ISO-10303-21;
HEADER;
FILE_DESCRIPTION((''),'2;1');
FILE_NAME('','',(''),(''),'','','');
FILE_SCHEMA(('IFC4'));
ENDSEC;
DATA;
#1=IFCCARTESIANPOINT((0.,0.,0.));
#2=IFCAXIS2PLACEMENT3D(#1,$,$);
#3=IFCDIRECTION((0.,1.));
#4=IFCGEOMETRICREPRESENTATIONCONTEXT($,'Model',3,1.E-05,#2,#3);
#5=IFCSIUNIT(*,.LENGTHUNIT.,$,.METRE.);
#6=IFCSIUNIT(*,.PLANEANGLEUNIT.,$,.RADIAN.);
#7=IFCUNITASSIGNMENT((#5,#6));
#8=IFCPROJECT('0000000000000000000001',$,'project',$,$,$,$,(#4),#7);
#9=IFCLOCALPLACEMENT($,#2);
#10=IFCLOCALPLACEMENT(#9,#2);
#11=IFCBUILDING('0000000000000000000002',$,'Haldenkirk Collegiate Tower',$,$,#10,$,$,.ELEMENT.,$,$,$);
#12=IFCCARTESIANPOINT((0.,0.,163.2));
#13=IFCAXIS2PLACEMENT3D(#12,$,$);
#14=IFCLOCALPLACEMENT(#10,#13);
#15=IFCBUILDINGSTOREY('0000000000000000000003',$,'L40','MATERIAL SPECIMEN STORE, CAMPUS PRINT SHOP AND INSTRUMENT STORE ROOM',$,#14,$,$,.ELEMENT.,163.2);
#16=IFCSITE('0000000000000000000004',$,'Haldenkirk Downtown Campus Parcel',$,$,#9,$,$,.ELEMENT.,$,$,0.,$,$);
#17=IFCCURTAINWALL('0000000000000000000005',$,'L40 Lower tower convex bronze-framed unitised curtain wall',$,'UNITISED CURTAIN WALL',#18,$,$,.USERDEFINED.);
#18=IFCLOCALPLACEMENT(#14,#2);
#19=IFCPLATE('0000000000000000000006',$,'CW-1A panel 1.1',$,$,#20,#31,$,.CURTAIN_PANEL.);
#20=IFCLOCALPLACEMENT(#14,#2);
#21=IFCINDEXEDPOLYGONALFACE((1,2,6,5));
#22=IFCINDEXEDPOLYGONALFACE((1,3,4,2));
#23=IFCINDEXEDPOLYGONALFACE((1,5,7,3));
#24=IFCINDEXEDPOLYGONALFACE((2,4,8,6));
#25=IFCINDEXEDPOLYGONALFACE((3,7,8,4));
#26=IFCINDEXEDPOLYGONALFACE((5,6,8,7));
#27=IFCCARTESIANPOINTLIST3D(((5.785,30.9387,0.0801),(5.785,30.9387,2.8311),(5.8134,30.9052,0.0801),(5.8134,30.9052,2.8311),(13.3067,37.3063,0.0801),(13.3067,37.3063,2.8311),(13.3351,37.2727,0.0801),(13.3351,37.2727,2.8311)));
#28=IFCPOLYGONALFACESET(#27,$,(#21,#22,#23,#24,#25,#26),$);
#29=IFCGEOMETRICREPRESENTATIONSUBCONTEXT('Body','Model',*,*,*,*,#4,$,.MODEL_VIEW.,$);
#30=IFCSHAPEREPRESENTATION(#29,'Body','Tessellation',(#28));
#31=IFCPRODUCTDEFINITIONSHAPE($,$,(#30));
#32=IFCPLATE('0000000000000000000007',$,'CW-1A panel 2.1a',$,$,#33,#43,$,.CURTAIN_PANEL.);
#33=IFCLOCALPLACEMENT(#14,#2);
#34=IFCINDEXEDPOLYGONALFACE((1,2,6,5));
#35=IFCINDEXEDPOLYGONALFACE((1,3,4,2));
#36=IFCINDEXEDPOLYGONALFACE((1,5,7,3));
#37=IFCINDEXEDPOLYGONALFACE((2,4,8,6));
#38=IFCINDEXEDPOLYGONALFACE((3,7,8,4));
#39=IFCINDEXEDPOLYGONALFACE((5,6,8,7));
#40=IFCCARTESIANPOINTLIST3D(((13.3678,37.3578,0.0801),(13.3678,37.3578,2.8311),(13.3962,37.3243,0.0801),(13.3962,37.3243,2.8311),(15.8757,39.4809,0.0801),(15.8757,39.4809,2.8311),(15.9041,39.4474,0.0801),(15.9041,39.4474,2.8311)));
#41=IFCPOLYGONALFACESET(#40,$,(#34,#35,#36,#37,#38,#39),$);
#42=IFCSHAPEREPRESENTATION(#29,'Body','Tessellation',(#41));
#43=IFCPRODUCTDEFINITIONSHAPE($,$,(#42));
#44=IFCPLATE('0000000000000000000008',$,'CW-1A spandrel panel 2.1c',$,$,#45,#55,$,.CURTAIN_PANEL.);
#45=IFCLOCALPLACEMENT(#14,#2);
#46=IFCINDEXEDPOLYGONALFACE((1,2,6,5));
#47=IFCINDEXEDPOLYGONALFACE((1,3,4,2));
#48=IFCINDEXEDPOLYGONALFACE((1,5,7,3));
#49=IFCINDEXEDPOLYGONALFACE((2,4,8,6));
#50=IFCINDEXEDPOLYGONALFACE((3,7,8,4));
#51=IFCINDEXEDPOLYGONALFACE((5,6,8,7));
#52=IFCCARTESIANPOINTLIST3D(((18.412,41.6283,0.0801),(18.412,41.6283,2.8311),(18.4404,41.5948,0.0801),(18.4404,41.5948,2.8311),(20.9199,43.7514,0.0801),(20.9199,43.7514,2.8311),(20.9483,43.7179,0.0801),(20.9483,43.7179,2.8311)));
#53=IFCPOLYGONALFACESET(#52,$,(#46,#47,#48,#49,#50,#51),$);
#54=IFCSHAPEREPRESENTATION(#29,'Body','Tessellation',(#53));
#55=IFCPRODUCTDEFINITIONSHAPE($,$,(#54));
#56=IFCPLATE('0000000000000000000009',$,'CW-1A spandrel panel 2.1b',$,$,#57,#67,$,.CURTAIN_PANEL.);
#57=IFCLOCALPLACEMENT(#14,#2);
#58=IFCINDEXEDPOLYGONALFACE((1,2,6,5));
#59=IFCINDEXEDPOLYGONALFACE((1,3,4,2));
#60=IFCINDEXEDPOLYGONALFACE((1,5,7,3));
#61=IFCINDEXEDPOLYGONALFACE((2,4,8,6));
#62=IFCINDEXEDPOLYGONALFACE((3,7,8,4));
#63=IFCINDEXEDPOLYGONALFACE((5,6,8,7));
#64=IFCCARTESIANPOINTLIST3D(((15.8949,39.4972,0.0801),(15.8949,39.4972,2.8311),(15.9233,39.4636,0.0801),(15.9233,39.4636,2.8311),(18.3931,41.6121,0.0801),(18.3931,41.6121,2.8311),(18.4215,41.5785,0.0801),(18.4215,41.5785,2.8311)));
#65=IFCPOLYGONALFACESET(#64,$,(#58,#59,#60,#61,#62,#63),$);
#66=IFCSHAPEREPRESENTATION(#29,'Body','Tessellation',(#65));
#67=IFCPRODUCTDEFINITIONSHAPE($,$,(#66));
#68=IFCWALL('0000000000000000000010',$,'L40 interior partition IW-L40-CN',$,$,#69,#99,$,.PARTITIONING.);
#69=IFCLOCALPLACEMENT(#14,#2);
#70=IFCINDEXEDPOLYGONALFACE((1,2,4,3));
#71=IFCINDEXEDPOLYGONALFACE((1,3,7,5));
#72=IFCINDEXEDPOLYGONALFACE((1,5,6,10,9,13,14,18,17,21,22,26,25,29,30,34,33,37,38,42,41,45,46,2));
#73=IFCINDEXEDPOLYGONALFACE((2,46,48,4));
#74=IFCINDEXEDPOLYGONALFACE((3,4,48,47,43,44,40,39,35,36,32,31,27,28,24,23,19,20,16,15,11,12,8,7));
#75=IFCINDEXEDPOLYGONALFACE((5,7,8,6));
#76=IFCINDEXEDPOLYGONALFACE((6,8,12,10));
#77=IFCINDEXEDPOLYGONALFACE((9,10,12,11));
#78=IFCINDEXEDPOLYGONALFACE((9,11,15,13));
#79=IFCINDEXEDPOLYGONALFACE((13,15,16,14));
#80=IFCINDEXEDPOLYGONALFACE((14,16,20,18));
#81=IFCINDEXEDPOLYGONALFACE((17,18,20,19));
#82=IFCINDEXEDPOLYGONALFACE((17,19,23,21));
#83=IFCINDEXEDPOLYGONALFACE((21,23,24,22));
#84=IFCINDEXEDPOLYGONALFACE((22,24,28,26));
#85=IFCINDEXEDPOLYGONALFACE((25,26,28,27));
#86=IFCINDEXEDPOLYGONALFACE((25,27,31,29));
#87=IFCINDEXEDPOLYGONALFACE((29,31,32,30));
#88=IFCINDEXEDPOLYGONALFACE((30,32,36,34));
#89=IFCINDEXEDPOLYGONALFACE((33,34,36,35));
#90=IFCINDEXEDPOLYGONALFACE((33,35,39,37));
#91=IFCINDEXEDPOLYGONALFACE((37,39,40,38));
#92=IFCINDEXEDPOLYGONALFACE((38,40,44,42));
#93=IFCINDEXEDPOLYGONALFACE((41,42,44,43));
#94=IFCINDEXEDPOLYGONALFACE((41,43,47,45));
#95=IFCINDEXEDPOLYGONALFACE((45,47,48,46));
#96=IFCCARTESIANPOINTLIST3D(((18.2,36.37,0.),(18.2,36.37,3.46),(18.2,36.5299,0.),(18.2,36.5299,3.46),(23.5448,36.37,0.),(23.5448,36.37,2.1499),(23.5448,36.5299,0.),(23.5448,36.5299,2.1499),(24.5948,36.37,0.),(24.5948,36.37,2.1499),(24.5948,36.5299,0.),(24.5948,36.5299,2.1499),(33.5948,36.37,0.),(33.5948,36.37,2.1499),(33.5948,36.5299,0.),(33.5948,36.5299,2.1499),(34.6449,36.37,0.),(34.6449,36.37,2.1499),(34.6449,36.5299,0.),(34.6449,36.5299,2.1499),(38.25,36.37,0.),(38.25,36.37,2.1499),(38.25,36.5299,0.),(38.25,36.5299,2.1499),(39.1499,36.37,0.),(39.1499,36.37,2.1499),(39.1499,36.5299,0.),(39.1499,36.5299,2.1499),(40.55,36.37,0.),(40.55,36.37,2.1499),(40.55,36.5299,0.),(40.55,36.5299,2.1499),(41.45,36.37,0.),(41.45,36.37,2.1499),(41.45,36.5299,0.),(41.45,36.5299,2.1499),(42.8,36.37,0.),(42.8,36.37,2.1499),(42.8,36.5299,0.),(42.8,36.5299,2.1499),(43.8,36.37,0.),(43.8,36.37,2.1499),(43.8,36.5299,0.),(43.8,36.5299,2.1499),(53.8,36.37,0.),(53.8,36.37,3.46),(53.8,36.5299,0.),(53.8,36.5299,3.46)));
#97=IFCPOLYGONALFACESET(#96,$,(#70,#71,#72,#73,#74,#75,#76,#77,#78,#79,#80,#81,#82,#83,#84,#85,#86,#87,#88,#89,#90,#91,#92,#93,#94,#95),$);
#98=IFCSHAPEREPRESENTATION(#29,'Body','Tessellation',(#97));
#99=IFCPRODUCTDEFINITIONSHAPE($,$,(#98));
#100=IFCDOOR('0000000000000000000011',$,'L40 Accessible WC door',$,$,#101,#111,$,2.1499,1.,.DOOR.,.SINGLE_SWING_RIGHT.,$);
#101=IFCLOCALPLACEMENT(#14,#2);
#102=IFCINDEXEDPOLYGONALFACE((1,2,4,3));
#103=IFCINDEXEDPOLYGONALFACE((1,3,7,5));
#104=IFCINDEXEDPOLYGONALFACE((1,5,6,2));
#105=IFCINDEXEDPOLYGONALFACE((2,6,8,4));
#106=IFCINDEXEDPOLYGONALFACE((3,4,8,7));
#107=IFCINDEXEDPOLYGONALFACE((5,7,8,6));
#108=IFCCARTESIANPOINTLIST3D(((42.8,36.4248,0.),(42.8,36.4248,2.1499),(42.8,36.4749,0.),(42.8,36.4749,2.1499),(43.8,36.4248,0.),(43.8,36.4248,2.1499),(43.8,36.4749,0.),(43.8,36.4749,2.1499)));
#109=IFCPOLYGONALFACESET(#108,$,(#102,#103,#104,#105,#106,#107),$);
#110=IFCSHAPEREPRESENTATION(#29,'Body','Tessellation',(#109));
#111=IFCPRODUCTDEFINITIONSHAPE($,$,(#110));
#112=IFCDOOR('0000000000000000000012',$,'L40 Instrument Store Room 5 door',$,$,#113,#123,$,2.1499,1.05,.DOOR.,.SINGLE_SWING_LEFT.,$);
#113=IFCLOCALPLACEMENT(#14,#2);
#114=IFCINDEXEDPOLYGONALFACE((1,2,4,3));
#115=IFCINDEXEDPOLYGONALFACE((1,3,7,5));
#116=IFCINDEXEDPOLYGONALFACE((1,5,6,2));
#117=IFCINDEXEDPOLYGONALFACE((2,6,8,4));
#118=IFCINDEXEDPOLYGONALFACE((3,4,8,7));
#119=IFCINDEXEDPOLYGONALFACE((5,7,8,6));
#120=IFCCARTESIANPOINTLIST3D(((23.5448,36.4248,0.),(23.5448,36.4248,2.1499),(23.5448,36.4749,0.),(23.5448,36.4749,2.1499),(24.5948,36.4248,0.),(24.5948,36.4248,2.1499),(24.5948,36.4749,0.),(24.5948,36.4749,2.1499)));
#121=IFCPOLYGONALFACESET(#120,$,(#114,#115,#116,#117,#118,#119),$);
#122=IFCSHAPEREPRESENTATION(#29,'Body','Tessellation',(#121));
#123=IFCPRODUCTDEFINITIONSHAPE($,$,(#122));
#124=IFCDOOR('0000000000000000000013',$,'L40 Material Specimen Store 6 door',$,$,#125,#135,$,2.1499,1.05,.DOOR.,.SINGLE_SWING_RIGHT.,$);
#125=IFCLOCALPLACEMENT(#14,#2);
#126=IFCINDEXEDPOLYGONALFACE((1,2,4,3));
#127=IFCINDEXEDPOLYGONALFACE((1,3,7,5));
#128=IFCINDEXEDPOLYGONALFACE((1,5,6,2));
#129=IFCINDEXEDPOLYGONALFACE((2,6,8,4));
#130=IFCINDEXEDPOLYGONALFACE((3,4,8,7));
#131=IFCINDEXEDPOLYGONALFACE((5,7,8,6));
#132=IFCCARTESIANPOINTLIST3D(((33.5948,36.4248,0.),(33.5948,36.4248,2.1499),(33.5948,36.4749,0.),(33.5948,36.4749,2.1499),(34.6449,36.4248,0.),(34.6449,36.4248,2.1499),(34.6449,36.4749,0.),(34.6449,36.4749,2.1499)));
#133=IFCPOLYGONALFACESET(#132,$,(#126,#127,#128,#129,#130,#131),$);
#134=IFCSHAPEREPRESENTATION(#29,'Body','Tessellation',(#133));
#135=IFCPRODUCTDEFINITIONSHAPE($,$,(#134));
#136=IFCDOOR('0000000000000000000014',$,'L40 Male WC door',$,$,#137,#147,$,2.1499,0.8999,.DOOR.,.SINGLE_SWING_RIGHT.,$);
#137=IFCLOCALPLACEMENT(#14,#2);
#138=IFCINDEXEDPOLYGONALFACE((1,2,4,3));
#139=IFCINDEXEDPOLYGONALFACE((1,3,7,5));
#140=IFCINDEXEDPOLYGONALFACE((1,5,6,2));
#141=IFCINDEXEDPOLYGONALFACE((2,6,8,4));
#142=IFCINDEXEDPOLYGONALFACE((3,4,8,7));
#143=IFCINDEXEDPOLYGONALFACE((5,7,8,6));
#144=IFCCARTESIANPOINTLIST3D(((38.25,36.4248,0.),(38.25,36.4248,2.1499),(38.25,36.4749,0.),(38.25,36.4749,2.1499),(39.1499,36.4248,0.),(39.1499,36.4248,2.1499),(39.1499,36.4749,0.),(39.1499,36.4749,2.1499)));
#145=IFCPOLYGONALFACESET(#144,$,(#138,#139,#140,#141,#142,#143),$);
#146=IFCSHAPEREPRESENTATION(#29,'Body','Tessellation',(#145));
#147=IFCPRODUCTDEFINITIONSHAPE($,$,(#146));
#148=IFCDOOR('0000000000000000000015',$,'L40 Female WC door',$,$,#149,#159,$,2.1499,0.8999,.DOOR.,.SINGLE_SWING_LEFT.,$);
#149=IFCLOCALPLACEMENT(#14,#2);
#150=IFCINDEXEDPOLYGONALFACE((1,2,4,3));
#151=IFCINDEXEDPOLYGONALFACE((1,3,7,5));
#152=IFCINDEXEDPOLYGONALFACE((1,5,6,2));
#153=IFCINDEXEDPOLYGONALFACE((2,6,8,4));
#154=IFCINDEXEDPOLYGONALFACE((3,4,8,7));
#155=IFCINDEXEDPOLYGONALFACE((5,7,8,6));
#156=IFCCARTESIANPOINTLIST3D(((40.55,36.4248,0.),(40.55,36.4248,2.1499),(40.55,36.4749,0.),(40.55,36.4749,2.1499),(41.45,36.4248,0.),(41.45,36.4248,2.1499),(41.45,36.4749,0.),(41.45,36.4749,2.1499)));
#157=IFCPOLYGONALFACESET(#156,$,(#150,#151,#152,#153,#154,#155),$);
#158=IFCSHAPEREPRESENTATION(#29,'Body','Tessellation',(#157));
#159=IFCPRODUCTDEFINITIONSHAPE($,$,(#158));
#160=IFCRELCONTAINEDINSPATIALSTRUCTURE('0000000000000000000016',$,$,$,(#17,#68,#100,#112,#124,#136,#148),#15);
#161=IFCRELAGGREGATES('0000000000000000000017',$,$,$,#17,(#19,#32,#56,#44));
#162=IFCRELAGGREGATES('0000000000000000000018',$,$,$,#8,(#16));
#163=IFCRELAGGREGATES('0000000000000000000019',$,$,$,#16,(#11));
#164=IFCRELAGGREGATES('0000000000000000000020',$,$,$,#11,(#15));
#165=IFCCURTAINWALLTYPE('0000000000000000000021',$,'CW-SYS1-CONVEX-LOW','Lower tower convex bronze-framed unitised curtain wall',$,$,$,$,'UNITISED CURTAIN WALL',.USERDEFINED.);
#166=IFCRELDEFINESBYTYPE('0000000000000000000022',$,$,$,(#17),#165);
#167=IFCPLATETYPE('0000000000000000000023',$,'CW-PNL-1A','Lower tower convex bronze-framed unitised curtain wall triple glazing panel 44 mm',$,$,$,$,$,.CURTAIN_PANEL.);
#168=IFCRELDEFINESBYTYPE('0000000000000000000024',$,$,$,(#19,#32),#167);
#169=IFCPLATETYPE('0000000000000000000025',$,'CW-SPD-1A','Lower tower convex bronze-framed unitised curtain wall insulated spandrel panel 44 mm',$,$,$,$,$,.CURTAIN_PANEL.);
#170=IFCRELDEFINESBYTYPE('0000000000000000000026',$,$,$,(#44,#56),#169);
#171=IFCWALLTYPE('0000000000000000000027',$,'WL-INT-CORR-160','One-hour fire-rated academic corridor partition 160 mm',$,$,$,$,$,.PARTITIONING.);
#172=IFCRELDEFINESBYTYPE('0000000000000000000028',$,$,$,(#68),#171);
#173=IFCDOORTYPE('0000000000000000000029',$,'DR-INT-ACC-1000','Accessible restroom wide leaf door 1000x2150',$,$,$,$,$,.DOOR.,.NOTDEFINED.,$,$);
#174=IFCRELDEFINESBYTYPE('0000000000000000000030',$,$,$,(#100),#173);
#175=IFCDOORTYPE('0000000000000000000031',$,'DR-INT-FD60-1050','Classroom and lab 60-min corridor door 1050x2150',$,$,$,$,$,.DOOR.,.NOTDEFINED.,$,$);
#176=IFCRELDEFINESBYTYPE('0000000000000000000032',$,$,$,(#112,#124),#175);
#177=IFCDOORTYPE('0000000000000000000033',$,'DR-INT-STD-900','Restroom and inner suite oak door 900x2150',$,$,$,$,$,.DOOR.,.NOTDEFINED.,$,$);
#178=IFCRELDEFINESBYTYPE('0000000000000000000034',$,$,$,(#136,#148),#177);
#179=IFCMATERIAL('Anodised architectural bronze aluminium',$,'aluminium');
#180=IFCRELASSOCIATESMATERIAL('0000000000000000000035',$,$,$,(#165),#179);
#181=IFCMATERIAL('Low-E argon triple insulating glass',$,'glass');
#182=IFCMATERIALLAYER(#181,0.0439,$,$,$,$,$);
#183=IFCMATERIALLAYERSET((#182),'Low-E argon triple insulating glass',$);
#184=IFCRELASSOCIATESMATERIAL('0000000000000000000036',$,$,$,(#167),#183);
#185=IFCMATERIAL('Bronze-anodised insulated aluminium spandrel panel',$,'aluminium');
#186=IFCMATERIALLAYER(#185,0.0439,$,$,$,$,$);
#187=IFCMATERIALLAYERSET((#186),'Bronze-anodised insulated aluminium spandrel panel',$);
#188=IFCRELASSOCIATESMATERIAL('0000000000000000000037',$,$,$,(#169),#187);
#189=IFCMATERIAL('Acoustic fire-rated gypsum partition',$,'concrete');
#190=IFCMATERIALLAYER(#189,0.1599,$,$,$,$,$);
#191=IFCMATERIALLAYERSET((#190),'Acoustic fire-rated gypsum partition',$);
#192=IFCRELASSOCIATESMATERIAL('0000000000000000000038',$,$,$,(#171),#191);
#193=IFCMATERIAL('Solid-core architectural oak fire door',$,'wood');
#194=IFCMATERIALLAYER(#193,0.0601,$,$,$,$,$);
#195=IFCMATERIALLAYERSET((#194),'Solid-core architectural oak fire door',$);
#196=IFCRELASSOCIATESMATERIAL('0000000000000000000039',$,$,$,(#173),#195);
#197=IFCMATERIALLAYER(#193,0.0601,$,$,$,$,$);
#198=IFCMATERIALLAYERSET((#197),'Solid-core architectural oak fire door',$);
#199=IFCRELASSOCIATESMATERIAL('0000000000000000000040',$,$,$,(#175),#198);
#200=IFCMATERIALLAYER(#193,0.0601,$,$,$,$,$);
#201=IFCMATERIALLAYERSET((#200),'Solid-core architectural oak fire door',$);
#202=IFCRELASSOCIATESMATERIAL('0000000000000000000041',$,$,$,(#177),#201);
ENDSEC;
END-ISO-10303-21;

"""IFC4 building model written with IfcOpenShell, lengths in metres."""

from ifc_helpers import new_model, si_unit, direction, frame, frame_2d, origin, origin_2d, place, context, subcontext, project, spatial, rectangle, extrude, source, transform, mapped, material, layer, layer_set, type_object, element, fill, aggregate, save


model = new_model("IFC4")

# Units and contexts
model_context = context("Model", 3, precision=1e-05, world=origin(), true_north=direction((0.0, 1.0)))
body_context = subcontext(model_context, "Body", "Model", "MODEL_VIEW")
ifc_project = project(units=[si_unit("LENGTHUNIT", "METRE"), si_unit("PLANEANGLEUNIT", "RADIAN")], contexts=[model_context])

# Site, building, storey
site_placement = place(None, origin())
site = spatial("IfcSite", under=ifc_project, at=site_placement, Name="Haldenkirk Downtown Campus Parcel", CompositionType="ELEMENT", RefElevation=0.0)
building_placement = place(site_placement, origin())
building = spatial("IfcBuilding", under=site, at=building_placement, Name="Haldenkirk Collegiate Tower", CompositionType="ELEMENT")
storey_placement = place(building_placement, frame((0.0, 0.0, 163.2)))
storey = spatial("IfcBuildingStorey", under=building, at=storey_placement, Name="L40", Description="MATERIAL SPECIMEN STORE, CAMPUS PRINT SHOP AND INSTRUMENT STORE ROOM", CompositionType="ELEMENT", Elevation=163.2)

# Curtain wall, plates
ifc_material_1 = material(Name="Anodised architectural bronze aluminium", Category="aluminium")
curtain_wall_type = type_object("IfcCurtainWallType", Name="CW-SYS1-CONVEX-LOW", Description="Lower tower convex bronze-framed unitised curtain wall", ElementType="UNITISED CURTAIN WALL", PredefinedType="USERDEFINED", material=ifc_material_1)
curtain_wall_placement = place(storey_placement, origin())
curtain_wall = element("IfcCurtainWall", 1, at=curtain_wall_placement, inside=storey, type_object=curtain_wall_type, Name="L40 Lower tower convex bronze-framed unitised curtain wall", ObjectType="UNITISED CURTAIN WALL", PredefinedType="USERDEFINED")
ifc_material_2 = material(Name="Low-E argon triple insulating glass", Category="glass")
ifc_layer_1 = layer(ifc_material_2, 0.0439)
ifc_layer_set_1 = layer_set([ifc_layer_1], Name="Low-E argon triple insulating glass")
plate_type_1 = type_object("IfcPlateType", Name="CW-PNL-1A", Description="Lower tower convex bronze-framed unitised curtain wall triple glazing panel 44 mm", PredefinedType="CURTAIN_PANEL", material=ifc_layer_set_1)
shared_shape_1 = source(origin(), body_context, "Body", "SweptSolid", [
    extrude(rectangle(XDim=9.855, YDim=0.0439, at=origin_2d()), origin(), (0.0, 0.0, 1.0), 2.751),
])
plate_1_placement = place(storey_placement, frame((9.5601, 34.1057, 0.0801), z_axis=(0.0, 0.0, 1.0), x_axis=(0.763232, 0.646124, 0.0)))
plate_1 = element("IfcPlate", 2, at=plate_1_placement, type_object=plate_type_1, Name="CW-1A panel 1.1", PredefinedType="CURTAIN_PANEL", context=body_context, shape_type="MappedRepresentation", body=[
    mapped(shared_shape_1, transform((0.0, 0.0, 0.0), x_axis=(1.0, 0.0, 0.0), y_axis=(0.0, 1.0, 0.0), z_axis=(0.0, 0.0, 1.0), scale=1.0)),
])
shared_shape_2 = source(origin(), body_context, "Body", "SweptSolid", [
    extrude(rectangle(XDim=3.2859, YDim=0.0439, at=origin_2d()), origin(), (0.0, 0.0, 1.0), 2.751),
])
plate_2_placement = place(storey_placement, frame((14.636, 38.4026, 0.0801), z_axis=(0.0, 0.0, 1.0), x_axis=(0.763232, 0.646124, 0.0)))
plate_2 = element("IfcPlate", 3, at=plate_2_placement, type_object=plate_type_1, Name="CW-1A panel 2.1a", PredefinedType="CURTAIN_PANEL", context=body_context, shape_type="MappedRepresentation", body=[
    mapped(shared_shape_2, transform((0.0, 0.0, 0.0), x_axis=(1.0, 0.0, 0.0), y_axis=(0.0, 1.0, 0.0), z_axis=(0.0, 0.0, 1.0), scale=1.0)),
])
ifc_material_3 = material(Name="Bronze-anodised insulated aluminium spandrel panel", Category="aluminium")
ifc_layer_2 = layer(ifc_material_3, 0.0439)
ifc_layer_set_2 = layer_set([ifc_layer_2], Name="Bronze-anodised insulated aluminium spandrel panel")
plate_type_2 = type_object("IfcPlateType", Name="CW-SPD-1A", Description="Lower tower convex bronze-framed unitised curtain wall insulated spandrel panel 44 mm", PredefinedType="CURTAIN_PANEL", material=ifc_layer_set_2)
plate_3_placement = place(storey_placement, frame((19.6802, 42.6731, 0.0801), z_axis=(0.0, 0.0, 1.0), x_axis=(0.763232, 0.646124, 0.0)))
plate_3 = element("IfcPlate", 4, at=plate_3_placement, type_object=plate_type_2, Name="CW-1A spandrel panel 2.1c", PredefinedType="CURTAIN_PANEL", context=body_context, shape_type="MappedRepresentation", body=[
    mapped(shared_shape_2, transform((0.0, 0.0, 0.0), x_axis=(1.0, 0.0, 0.0), y_axis=(0.0, 1.0, 0.0), z_axis=(0.0, 0.0, 1.0), scale=1.0)),
])
shared_shape_3 = source(origin(), body_context, "Body", "SweptSolid", [
    extrude(rectangle(XDim=3.2732, YDim=0.0439, at=origin_2d()), origin(), (0.0, 0.0, 1.0), 2.751),
])
plate_4_placement = place(storey_placement, frame((17.1582, 40.5378, 0.0801), z_axis=(0.0, 0.0, 1.0), x_axis=(0.763232, 0.646124, 0.0)))
plate_4 = element("IfcPlate", 5, at=plate_4_placement, type_object=plate_type_2, Name="CW-1A spandrel panel 2.1b", PredefinedType="CURTAIN_PANEL", context=body_context, shape_type="MappedRepresentation", body=[
    mapped(shared_shape_3, transform((0.0, 0.0, 0.0), x_axis=(1.0, 0.0, 0.0), y_axis=(0.0, 1.0, 0.0), z_axis=(0.0, 0.0, 1.0), scale=1.0)),
])
aggregate(curtain_wall, [plate_1, plate_2, plate_4, plate_3])

# Wall, openings, doors
ifc_material_4 = material(Name="Acoustic fire-rated gypsum partition", Category="concrete")
ifc_layer_3 = layer(ifc_material_4, 0.1599)
ifc_layer_set_3 = layer_set([ifc_layer_3], Name="Acoustic fire-rated gypsum partition")
wall_type_1 = type_object("IfcWallType", Name="WL-INT-CORR-160", Description="One-hour fire-rated academic corridor partition 160 mm", PredefinedType="PARTITIONING", material=ifc_layer_set_3)
wall_1_placement = place(storey_placement, frame((18.2, 36.45, 0.0), z_axis=(0.0, 0.0, 1.0), x_axis=(1.0, 0.0, 0.0)))
wall_1 = element("IfcWall", 6, at=wall_1_placement, inside=storey, type_object=wall_type_1, Name="L40 interior partition IW-L40-CN", PredefinedType="PARTITIONING", context=body_context, shape_type="SweptSolid", body=[
    extrude(rectangle(XDim=35.6001, YDim=0.1599, at=frame_2d((17.8, 0.0))), origin(), (0.0, 0.0, 1.0), 3.46),
])
opening_1_placement = place(wall_1_placement, frame((20.05, 0.0, 0.0)))
opening_1 = element("IfcOpeningElement", 7, at=opening_1_placement, cuts=wall_1, PredefinedType="OPENING", context=body_context, shape_type="SweptSolid", body=[
    extrude(rectangle(XDim=0.8999, YDim=2.1499, at=frame_2d((0.45, 1.075))), frame((0.0, 0.0898, 0.0), z_axis=(0.0, -1.0, 0.0), x_axis=(1.0, 0.0, 0.0)), (0.0, 0.0, 1.0), 0.1799),
])
opening_2_placement = place(wall_1_placement, frame((22.3501, 0.0, 0.0)))
opening_2 = element("IfcOpeningElement", 8, at=opening_2_placement, cuts=wall_1, PredefinedType="OPENING", context=body_context, shape_type="SweptSolid", body=[
    extrude(rectangle(XDim=0.8999, YDim=2.1499, at=frame_2d((0.45, 1.075))), frame((0.0, 0.0898, 0.0), z_axis=(0.0, -1.0, 0.0), x_axis=(1.0, 0.0, 0.0)), (0.0, 0.0, 1.0), 0.1799),
])
opening_3_placement = place(wall_1_placement, frame((24.6001, 0.0, 0.0)))
opening_3 = element("IfcOpeningElement", 9, at=opening_3_placement, cuts=wall_1, PredefinedType="OPENING", context=body_context, shape_type="SweptSolid", body=[
    extrude(rectangle(XDim=1.0, YDim=2.1499, at=frame_2d((0.5, 1.075))), frame((0.0, 0.0898, 0.0), z_axis=(0.0, -1.0, 0.0), x_axis=(1.0, 0.0, 0.0)), (0.0, 0.0, 1.0), 0.1799),
])
opening_4_placement = place(wall_1_placement, frame((5.345, 0.0, 0.0)))
opening_4 = element("IfcOpeningElement", 10, at=opening_4_placement, cuts=wall_1, PredefinedType="OPENING", context=body_context, shape_type="SweptSolid", body=[
    extrude(rectangle(XDim=1.05, YDim=2.1499, at=frame_2d((0.5249, 1.075))), frame((0.0, 0.0898, 0.0), z_axis=(0.0, -1.0, 0.0), x_axis=(1.0, 0.0, 0.0)), (0.0, 0.0, 1.0), 0.1799),
])
opening_5_placement = place(wall_1_placement, frame((15.395, 0.0, 0.0)))
opening_5 = element("IfcOpeningElement", 11, at=opening_5_placement, cuts=wall_1, PredefinedType="OPENING", context=body_context, shape_type="SweptSolid", body=[
    extrude(rectangle(XDim=1.05, YDim=2.1499, at=frame_2d((0.5249, 1.075))), frame((0.0, 0.0898, 0.0), z_axis=(0.0, -1.0, 0.0), x_axis=(1.0, 0.0, 0.0)), (0.0, 0.0, 1.0), 0.1799),
])
ifc_material_5 = material(Name="Solid-core architectural oak fire door", Category="wood")
ifc_layer_4 = layer(ifc_material_5, 0.0601)
ifc_layer_set_4 = layer_set([ifc_layer_4], Name="Solid-core architectural oak fire door")
door_type_1 = type_object("IfcDoorType", Name="DR-INT-ACC-1000", Description="Accessible restroom wide leaf door 1000x2150", OperationType="NOTDEFINED", PredefinedType="DOOR", material=ifc_layer_set_4)
door_1_placement = place(opening_3_placement, origin())
door_1 = element("IfcDoor", 12, at=door_1_placement, inside=storey, type_object=door_type_1, Name="L40 Accessible WC door", OperationType="SINGLE_SWING_RIGHT", OverallHeight=2.1499, OverallWidth=1.0, PredefinedType="DOOR", context=body_context, shape_type="SweptSolid", body=[
    extrude(rectangle(XDim=1.0, YDim=2.1499, at=frame_2d((0.5, 1.075))), frame((0.0, 0.0249, 0.0), z_axis=(0.0, -1.0, 0.0), x_axis=(1.0, 0.0, 0.0)), (0.0, 0.0, 1.0), 0.05),
])
fill(opening_3, door_1)
ifc_layer_5 = layer(ifc_material_5, 0.0601)
ifc_layer_set_5 = layer_set([ifc_layer_5], Name="Solid-core architectural oak fire door")
door_type_2 = type_object("IfcDoorType", Name="DR-INT-FD60-1050", Description="Classroom and lab 60-min corridor door 1050x2150", OperationType="NOTDEFINED", PredefinedType="DOOR", material=ifc_layer_set_5)
door_2_placement = place(opening_4_placement, origin())
door_2 = element("IfcDoor", 13, at=door_2_placement, inside=storey, type_object=door_type_2, Name="L40 Instrument Store Room 5 door", OperationType="SINGLE_SWING_LEFT", OverallHeight=2.1499, OverallWidth=1.05, PredefinedType="DOOR", context=body_context, shape_type="SweptSolid", body=[
    extrude(rectangle(XDim=1.05, YDim=2.1499, at=frame_2d((0.5249, 1.075))), frame((0.0, 0.0249, 0.0), z_axis=(0.0, -1.0, 0.0), x_axis=(1.0, 0.0, 0.0)), (0.0, 0.0, 1.0), 0.05),
])
fill(opening_4, door_2)
door_3_placement = place(opening_5_placement, origin())
door_3 = element("IfcDoor", 14, at=door_3_placement, inside=storey, type_object=door_type_2, Name="L40 Material Specimen Store 6 door", OperationType="SINGLE_SWING_RIGHT", OverallHeight=2.1499, OverallWidth=1.05, PredefinedType="DOOR", context=body_context, shape_type="SweptSolid", body=[
    extrude(rectangle(XDim=1.05, YDim=2.1499, at=frame_2d((0.5249, 1.075))), frame((0.0, 0.0249, 0.0), z_axis=(0.0, -1.0, 0.0), x_axis=(1.0, 0.0, 0.0)), (0.0, 0.0, 1.0), 0.05),
])
fill(opening_5, door_3)
ifc_layer_6 = layer(ifc_material_5, 0.0601)
ifc_layer_set_6 = layer_set([ifc_layer_6], Name="Solid-core architectural oak fire door")
door_type_3 = type_object("IfcDoorType", Name="DR-INT-STD-900", Description="Restroom and inner suite oak door 900x2150", OperationType="NOTDEFINED", PredefinedType="DOOR", material=ifc_layer_set_6)
door_4_placement = place(opening_1_placement, origin())
door_4 = element("IfcDoor", 15, at=door_4_placement, inside=storey, type_object=door_type_3, Name="L40 Male WC door", OperationType="SINGLE_SWING_RIGHT", OverallHeight=2.1499, OverallWidth=0.8999, PredefinedType="DOOR", context=body_context, shape_type="SweptSolid", body=[
    extrude(rectangle(XDim=0.8999, YDim=2.1499, at=frame_2d((0.45, 1.075))), frame((0.0, 0.0249, 0.0), z_axis=(0.0, -1.0, 0.0), x_axis=(1.0, 0.0, 0.0)), (0.0, 0.0, 1.0), 0.05),
])
fill(opening_1, door_4)
door_5_placement = place(opening_2_placement, origin())
door_5 = element("IfcDoor", 16, at=door_5_placement, inside=storey, type_object=door_type_3, Name="L40 Female WC door", OperationType="SINGLE_SWING_LEFT", OverallHeight=2.1499, OverallWidth=0.8999, PredefinedType="DOOR", context=body_context, shape_type="SweptSolid", body=[
    extrude(rectangle(XDim=0.8999, YDim=2.1499, at=frame_2d((0.45, 1.075))), frame((0.0, 0.0249, 0.0), z_axis=(0.0, -1.0, 0.0), x_axis=(1.0, 0.0, 0.0)), (0.0, 0.0, 1.0), 0.05),
])
fill(opening_2, door_5)

save(model, "model.ifc")
